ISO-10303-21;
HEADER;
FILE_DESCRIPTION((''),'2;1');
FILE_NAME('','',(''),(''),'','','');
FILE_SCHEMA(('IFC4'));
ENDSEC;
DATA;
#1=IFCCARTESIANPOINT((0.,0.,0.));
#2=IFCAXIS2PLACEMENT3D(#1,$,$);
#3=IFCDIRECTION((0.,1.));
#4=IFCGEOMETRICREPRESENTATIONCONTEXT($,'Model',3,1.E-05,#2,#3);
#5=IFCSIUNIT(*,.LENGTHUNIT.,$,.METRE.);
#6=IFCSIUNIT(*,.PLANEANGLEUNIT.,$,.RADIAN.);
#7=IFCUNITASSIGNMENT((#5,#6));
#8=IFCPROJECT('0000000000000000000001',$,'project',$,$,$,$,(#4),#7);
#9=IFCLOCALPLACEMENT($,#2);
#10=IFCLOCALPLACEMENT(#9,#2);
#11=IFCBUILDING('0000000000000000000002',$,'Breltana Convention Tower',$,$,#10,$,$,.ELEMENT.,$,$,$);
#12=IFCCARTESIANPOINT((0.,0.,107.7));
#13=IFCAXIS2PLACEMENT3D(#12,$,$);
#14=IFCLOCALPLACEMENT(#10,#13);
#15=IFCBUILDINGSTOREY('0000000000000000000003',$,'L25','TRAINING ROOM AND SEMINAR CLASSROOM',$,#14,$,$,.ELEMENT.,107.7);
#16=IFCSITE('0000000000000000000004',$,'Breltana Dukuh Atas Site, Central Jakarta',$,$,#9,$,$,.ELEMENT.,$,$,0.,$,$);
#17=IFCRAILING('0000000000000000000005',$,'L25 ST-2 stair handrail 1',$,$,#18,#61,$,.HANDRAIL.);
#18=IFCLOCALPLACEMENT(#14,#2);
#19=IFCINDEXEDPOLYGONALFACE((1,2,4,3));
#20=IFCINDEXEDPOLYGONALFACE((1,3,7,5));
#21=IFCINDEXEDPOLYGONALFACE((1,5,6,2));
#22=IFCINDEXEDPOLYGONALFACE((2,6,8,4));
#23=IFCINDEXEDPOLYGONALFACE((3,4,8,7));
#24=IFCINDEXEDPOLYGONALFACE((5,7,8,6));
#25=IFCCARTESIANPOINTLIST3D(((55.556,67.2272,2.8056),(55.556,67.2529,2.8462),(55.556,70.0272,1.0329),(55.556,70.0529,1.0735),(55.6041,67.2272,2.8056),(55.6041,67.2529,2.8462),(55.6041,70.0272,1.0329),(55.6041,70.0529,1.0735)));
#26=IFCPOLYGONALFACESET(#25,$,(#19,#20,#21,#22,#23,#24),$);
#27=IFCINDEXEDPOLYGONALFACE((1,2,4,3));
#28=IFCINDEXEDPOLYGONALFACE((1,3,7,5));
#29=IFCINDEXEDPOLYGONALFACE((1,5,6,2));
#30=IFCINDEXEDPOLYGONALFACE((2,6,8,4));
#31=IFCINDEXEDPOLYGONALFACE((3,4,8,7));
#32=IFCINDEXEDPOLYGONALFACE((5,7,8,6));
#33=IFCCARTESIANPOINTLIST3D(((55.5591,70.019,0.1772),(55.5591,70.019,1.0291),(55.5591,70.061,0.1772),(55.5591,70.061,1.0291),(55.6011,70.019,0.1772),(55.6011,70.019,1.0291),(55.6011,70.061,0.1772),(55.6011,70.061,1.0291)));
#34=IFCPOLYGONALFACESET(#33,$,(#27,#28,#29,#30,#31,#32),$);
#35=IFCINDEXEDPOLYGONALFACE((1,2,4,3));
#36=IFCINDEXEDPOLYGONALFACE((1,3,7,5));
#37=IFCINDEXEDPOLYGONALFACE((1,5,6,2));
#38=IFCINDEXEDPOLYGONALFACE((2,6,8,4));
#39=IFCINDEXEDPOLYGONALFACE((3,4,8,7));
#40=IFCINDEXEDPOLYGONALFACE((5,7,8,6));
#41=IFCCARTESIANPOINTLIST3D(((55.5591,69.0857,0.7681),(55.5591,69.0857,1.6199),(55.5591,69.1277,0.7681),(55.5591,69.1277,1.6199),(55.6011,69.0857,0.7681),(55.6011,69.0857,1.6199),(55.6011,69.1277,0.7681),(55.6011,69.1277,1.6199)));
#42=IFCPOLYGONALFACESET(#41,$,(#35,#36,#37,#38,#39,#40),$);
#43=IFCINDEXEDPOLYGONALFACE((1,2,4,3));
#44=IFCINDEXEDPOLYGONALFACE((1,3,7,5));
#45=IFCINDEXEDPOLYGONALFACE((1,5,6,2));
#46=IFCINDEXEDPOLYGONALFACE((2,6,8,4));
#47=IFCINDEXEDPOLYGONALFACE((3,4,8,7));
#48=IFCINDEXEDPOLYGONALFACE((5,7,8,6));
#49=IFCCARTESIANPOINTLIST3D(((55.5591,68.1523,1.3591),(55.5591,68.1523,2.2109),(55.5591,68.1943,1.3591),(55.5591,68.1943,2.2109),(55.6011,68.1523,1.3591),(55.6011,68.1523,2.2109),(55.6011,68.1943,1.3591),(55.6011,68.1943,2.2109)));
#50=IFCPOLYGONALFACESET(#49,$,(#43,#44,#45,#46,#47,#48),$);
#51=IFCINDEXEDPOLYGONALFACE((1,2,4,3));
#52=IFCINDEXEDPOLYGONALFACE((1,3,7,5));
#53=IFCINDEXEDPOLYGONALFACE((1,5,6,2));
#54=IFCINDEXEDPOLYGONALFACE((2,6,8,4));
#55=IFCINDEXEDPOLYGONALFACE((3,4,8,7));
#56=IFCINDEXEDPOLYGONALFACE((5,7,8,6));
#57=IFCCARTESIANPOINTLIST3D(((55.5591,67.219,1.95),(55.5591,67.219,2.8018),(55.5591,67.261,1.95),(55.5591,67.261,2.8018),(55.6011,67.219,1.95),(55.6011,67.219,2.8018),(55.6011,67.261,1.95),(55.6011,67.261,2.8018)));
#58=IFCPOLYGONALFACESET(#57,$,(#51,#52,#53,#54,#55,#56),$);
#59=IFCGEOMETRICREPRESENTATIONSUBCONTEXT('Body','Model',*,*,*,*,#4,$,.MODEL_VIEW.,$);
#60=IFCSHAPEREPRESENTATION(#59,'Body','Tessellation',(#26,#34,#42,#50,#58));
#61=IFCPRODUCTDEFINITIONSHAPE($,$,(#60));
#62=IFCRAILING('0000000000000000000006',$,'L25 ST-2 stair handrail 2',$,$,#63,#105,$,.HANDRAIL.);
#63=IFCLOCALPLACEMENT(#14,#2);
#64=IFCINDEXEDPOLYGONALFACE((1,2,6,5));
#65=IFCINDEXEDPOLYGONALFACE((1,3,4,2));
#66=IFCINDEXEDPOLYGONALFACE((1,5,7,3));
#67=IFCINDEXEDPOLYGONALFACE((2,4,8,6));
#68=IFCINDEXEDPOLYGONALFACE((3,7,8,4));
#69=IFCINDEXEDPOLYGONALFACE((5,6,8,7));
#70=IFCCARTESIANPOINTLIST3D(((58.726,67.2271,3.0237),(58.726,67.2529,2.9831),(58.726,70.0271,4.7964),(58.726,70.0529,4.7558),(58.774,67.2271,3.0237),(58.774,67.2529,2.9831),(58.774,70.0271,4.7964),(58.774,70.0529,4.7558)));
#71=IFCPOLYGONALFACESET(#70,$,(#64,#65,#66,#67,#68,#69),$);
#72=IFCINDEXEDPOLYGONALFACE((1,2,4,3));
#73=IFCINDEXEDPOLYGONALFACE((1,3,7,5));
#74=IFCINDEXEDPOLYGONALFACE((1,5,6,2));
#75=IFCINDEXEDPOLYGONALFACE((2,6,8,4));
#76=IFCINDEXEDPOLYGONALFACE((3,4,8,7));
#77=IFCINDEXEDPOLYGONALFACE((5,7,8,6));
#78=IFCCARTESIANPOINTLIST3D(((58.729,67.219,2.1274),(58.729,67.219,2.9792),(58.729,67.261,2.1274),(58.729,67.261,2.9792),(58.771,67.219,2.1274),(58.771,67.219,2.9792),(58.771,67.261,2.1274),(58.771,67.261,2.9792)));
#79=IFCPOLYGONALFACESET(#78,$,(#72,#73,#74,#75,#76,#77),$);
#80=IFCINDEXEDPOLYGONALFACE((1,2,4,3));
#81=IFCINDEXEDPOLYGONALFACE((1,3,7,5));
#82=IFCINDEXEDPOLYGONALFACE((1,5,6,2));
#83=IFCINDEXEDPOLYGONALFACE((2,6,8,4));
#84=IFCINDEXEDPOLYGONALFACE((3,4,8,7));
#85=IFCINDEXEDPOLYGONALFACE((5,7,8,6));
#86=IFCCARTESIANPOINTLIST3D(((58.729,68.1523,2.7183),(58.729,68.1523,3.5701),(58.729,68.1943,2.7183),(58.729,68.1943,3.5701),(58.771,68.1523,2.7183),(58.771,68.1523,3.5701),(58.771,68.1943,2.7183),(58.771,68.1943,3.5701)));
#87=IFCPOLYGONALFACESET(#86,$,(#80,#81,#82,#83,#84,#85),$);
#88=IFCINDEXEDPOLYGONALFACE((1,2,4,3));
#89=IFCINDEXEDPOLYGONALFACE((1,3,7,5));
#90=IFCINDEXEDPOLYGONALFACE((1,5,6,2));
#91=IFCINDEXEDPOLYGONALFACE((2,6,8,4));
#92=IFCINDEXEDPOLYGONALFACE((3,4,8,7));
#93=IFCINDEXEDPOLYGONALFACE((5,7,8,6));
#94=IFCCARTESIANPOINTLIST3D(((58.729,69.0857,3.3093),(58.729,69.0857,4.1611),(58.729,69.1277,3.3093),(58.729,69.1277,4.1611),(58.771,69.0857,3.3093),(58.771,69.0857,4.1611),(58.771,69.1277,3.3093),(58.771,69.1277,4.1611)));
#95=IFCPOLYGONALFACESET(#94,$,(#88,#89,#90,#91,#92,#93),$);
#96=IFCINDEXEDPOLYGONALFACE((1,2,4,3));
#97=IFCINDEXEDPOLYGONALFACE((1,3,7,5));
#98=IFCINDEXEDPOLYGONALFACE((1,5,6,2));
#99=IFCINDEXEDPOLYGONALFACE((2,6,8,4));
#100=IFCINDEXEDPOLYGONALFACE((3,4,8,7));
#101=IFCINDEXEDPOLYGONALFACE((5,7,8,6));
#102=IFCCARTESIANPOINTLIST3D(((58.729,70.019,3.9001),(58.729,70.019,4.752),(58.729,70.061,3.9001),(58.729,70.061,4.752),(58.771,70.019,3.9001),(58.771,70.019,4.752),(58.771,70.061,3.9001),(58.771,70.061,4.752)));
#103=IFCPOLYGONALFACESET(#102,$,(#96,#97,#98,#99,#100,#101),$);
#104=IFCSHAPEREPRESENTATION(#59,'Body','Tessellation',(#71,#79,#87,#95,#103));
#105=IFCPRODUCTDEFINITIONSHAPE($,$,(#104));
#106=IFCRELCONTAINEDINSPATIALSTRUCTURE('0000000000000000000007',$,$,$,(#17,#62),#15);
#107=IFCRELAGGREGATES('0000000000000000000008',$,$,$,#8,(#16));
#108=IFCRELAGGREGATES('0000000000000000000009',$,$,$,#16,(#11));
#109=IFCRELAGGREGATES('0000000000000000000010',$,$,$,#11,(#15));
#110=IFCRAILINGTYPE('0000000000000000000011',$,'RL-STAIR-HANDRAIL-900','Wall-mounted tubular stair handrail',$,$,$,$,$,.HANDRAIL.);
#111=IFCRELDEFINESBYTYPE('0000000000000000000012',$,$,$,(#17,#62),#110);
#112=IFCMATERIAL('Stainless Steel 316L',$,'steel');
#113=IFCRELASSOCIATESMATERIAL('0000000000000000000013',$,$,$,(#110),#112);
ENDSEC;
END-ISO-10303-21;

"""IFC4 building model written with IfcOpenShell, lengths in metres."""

from ifc_helpers import new_model, si_unit, direction, frame, origin, origin_2d, place, context, subcontext, project, spatial, rectangle, extrude, material, type_object, element, save


model = new_model("IFC4")

# Units and contexts
model_context = context("Model", 3, precision=1e-05, world=origin(), true_north=direction((0.0, 1.0)))
body_context = subcontext(model_context, "Body", "Model", "MODEL_VIEW")
ifc_project = project(units=[si_unit("LENGTHUNIT", "METRE"), si_unit("PLANEANGLEUNIT", "RADIAN")], contexts=[model_context])

# Site, building, storey
site_placement = place(None, origin())
site = spatial("IfcSite", under=ifc_project, at=site_placement, Name="Breltana Dukuh Atas Site, Central Jakarta", CompositionType="ELEMENT", RefElevation=0.0)
building_placement = place(site_placement, origin())
building = spatial("IfcBuilding", under=site, at=building_placement, Name="Breltana Convention Tower", CompositionType="ELEMENT")
storey_placement = place(building_placement, frame((0.0, 0.0, 107.7)))
storey = spatial("IfcBuildingStorey", under=building, at=storey_placement, Name="L25", Description="TRAINING ROOM AND SEMINAR CLASSROOM", CompositionType="ELEMENT", Elevation=107.7)

# Railings
ifc_material_1 = material(Name="Stainless Steel 316L", Category="steel")
railing_type_1 = type_object("IfcRailingType", Name="RL-STAIR-HANDRAIL-900", Description="Wall-mounted tubular stair handrail", PredefinedType="HANDRAIL", material=ifc_material_1)
railing_1_placement = place(storey_placement, frame((55.5801, 70.04, 0.1772)))
element("IfcRailing", 1, at=railing_1_placement, inside=storey, type_object=railing_type_1, Name="L25 ST-2 stair handrail 1", PredefinedType="HANDRAIL", context=body_context, shape_type="SweptSolid", body=[
    extrude(rectangle(XDim=0.0481, YDim=0.0481, at=origin_2d()), frame((0.0, 0.0, 0.876), z_axis=(0.0, -0.844909, 0.53491), x_axis=(1.0, 0.0, 0.0)), (0.0, 0.0, 1.0), 3.314),
    extrude(rectangle(XDim=0.042, YDim=0.042, at=origin_2d()), origin(), (0.0, 0.0, 1.0), 0.8518),
    extrude(rectangle(XDim=0.042, YDim=0.042, at=origin_2d()), frame((0.0, -0.9333, 0.5908)), (0.0, 0.0, 1.0), 0.8518),
    extrude(rectangle(XDim=0.042, YDim=0.042, at=origin_2d()), frame((0.0, -1.8667, 1.1819)), (0.0, 0.0, 1.0), 0.8518),
    extrude(rectangle(XDim=0.042, YDim=0.042, at=origin_2d()), frame((0.0, -2.8, 1.7727)), (0.0, 0.0, 1.0), 0.8518),
])
railing_2_placement = place(storey_placement, frame((58.75, 67.24, 2.1274)))
element("IfcRailing", 2, at=railing_2_placement, inside=storey, type_object=railing_type_1, Name="L25 ST-2 stair handrail 2", PredefinedType="HANDRAIL", context=body_context, shape_type="SweptSolid", body=[
    extrude(rectangle(XDim=0.0481, YDim=0.0481, at=origin_2d()), frame((0.0, 0.0, 0.876), z_axis=(0.0, 0.844909, 0.53491), x_axis=(-1.0, 0.0, 0.0)), (0.0, 0.0, 1.0), 3.314),
    extrude(rectangle(XDim=0.042, YDim=0.042, at=origin_2d()), origin(), (0.0, 0.0, 1.0), 0.8518),
    extrude(rectangle(XDim=0.042, YDim=0.042, at=origin_2d()), frame((0.0, 0.9333, 0.5908)), (0.0, 0.0, 1.0), 0.8518),
    extrude(rectangle(XDim=0.042, YDim=0.042, at=origin_2d()), frame((0.0, 1.8667, 1.1819)), (0.0, 0.0, 1.0), 0.8518),
    extrude(rectangle(XDim=0.042, YDim=0.042, at=origin_2d()), frame((0.0, 2.8, 1.7727)), (0.0, 0.0, 1.0), 0.8518),
])

save(model, "model.ifc")
